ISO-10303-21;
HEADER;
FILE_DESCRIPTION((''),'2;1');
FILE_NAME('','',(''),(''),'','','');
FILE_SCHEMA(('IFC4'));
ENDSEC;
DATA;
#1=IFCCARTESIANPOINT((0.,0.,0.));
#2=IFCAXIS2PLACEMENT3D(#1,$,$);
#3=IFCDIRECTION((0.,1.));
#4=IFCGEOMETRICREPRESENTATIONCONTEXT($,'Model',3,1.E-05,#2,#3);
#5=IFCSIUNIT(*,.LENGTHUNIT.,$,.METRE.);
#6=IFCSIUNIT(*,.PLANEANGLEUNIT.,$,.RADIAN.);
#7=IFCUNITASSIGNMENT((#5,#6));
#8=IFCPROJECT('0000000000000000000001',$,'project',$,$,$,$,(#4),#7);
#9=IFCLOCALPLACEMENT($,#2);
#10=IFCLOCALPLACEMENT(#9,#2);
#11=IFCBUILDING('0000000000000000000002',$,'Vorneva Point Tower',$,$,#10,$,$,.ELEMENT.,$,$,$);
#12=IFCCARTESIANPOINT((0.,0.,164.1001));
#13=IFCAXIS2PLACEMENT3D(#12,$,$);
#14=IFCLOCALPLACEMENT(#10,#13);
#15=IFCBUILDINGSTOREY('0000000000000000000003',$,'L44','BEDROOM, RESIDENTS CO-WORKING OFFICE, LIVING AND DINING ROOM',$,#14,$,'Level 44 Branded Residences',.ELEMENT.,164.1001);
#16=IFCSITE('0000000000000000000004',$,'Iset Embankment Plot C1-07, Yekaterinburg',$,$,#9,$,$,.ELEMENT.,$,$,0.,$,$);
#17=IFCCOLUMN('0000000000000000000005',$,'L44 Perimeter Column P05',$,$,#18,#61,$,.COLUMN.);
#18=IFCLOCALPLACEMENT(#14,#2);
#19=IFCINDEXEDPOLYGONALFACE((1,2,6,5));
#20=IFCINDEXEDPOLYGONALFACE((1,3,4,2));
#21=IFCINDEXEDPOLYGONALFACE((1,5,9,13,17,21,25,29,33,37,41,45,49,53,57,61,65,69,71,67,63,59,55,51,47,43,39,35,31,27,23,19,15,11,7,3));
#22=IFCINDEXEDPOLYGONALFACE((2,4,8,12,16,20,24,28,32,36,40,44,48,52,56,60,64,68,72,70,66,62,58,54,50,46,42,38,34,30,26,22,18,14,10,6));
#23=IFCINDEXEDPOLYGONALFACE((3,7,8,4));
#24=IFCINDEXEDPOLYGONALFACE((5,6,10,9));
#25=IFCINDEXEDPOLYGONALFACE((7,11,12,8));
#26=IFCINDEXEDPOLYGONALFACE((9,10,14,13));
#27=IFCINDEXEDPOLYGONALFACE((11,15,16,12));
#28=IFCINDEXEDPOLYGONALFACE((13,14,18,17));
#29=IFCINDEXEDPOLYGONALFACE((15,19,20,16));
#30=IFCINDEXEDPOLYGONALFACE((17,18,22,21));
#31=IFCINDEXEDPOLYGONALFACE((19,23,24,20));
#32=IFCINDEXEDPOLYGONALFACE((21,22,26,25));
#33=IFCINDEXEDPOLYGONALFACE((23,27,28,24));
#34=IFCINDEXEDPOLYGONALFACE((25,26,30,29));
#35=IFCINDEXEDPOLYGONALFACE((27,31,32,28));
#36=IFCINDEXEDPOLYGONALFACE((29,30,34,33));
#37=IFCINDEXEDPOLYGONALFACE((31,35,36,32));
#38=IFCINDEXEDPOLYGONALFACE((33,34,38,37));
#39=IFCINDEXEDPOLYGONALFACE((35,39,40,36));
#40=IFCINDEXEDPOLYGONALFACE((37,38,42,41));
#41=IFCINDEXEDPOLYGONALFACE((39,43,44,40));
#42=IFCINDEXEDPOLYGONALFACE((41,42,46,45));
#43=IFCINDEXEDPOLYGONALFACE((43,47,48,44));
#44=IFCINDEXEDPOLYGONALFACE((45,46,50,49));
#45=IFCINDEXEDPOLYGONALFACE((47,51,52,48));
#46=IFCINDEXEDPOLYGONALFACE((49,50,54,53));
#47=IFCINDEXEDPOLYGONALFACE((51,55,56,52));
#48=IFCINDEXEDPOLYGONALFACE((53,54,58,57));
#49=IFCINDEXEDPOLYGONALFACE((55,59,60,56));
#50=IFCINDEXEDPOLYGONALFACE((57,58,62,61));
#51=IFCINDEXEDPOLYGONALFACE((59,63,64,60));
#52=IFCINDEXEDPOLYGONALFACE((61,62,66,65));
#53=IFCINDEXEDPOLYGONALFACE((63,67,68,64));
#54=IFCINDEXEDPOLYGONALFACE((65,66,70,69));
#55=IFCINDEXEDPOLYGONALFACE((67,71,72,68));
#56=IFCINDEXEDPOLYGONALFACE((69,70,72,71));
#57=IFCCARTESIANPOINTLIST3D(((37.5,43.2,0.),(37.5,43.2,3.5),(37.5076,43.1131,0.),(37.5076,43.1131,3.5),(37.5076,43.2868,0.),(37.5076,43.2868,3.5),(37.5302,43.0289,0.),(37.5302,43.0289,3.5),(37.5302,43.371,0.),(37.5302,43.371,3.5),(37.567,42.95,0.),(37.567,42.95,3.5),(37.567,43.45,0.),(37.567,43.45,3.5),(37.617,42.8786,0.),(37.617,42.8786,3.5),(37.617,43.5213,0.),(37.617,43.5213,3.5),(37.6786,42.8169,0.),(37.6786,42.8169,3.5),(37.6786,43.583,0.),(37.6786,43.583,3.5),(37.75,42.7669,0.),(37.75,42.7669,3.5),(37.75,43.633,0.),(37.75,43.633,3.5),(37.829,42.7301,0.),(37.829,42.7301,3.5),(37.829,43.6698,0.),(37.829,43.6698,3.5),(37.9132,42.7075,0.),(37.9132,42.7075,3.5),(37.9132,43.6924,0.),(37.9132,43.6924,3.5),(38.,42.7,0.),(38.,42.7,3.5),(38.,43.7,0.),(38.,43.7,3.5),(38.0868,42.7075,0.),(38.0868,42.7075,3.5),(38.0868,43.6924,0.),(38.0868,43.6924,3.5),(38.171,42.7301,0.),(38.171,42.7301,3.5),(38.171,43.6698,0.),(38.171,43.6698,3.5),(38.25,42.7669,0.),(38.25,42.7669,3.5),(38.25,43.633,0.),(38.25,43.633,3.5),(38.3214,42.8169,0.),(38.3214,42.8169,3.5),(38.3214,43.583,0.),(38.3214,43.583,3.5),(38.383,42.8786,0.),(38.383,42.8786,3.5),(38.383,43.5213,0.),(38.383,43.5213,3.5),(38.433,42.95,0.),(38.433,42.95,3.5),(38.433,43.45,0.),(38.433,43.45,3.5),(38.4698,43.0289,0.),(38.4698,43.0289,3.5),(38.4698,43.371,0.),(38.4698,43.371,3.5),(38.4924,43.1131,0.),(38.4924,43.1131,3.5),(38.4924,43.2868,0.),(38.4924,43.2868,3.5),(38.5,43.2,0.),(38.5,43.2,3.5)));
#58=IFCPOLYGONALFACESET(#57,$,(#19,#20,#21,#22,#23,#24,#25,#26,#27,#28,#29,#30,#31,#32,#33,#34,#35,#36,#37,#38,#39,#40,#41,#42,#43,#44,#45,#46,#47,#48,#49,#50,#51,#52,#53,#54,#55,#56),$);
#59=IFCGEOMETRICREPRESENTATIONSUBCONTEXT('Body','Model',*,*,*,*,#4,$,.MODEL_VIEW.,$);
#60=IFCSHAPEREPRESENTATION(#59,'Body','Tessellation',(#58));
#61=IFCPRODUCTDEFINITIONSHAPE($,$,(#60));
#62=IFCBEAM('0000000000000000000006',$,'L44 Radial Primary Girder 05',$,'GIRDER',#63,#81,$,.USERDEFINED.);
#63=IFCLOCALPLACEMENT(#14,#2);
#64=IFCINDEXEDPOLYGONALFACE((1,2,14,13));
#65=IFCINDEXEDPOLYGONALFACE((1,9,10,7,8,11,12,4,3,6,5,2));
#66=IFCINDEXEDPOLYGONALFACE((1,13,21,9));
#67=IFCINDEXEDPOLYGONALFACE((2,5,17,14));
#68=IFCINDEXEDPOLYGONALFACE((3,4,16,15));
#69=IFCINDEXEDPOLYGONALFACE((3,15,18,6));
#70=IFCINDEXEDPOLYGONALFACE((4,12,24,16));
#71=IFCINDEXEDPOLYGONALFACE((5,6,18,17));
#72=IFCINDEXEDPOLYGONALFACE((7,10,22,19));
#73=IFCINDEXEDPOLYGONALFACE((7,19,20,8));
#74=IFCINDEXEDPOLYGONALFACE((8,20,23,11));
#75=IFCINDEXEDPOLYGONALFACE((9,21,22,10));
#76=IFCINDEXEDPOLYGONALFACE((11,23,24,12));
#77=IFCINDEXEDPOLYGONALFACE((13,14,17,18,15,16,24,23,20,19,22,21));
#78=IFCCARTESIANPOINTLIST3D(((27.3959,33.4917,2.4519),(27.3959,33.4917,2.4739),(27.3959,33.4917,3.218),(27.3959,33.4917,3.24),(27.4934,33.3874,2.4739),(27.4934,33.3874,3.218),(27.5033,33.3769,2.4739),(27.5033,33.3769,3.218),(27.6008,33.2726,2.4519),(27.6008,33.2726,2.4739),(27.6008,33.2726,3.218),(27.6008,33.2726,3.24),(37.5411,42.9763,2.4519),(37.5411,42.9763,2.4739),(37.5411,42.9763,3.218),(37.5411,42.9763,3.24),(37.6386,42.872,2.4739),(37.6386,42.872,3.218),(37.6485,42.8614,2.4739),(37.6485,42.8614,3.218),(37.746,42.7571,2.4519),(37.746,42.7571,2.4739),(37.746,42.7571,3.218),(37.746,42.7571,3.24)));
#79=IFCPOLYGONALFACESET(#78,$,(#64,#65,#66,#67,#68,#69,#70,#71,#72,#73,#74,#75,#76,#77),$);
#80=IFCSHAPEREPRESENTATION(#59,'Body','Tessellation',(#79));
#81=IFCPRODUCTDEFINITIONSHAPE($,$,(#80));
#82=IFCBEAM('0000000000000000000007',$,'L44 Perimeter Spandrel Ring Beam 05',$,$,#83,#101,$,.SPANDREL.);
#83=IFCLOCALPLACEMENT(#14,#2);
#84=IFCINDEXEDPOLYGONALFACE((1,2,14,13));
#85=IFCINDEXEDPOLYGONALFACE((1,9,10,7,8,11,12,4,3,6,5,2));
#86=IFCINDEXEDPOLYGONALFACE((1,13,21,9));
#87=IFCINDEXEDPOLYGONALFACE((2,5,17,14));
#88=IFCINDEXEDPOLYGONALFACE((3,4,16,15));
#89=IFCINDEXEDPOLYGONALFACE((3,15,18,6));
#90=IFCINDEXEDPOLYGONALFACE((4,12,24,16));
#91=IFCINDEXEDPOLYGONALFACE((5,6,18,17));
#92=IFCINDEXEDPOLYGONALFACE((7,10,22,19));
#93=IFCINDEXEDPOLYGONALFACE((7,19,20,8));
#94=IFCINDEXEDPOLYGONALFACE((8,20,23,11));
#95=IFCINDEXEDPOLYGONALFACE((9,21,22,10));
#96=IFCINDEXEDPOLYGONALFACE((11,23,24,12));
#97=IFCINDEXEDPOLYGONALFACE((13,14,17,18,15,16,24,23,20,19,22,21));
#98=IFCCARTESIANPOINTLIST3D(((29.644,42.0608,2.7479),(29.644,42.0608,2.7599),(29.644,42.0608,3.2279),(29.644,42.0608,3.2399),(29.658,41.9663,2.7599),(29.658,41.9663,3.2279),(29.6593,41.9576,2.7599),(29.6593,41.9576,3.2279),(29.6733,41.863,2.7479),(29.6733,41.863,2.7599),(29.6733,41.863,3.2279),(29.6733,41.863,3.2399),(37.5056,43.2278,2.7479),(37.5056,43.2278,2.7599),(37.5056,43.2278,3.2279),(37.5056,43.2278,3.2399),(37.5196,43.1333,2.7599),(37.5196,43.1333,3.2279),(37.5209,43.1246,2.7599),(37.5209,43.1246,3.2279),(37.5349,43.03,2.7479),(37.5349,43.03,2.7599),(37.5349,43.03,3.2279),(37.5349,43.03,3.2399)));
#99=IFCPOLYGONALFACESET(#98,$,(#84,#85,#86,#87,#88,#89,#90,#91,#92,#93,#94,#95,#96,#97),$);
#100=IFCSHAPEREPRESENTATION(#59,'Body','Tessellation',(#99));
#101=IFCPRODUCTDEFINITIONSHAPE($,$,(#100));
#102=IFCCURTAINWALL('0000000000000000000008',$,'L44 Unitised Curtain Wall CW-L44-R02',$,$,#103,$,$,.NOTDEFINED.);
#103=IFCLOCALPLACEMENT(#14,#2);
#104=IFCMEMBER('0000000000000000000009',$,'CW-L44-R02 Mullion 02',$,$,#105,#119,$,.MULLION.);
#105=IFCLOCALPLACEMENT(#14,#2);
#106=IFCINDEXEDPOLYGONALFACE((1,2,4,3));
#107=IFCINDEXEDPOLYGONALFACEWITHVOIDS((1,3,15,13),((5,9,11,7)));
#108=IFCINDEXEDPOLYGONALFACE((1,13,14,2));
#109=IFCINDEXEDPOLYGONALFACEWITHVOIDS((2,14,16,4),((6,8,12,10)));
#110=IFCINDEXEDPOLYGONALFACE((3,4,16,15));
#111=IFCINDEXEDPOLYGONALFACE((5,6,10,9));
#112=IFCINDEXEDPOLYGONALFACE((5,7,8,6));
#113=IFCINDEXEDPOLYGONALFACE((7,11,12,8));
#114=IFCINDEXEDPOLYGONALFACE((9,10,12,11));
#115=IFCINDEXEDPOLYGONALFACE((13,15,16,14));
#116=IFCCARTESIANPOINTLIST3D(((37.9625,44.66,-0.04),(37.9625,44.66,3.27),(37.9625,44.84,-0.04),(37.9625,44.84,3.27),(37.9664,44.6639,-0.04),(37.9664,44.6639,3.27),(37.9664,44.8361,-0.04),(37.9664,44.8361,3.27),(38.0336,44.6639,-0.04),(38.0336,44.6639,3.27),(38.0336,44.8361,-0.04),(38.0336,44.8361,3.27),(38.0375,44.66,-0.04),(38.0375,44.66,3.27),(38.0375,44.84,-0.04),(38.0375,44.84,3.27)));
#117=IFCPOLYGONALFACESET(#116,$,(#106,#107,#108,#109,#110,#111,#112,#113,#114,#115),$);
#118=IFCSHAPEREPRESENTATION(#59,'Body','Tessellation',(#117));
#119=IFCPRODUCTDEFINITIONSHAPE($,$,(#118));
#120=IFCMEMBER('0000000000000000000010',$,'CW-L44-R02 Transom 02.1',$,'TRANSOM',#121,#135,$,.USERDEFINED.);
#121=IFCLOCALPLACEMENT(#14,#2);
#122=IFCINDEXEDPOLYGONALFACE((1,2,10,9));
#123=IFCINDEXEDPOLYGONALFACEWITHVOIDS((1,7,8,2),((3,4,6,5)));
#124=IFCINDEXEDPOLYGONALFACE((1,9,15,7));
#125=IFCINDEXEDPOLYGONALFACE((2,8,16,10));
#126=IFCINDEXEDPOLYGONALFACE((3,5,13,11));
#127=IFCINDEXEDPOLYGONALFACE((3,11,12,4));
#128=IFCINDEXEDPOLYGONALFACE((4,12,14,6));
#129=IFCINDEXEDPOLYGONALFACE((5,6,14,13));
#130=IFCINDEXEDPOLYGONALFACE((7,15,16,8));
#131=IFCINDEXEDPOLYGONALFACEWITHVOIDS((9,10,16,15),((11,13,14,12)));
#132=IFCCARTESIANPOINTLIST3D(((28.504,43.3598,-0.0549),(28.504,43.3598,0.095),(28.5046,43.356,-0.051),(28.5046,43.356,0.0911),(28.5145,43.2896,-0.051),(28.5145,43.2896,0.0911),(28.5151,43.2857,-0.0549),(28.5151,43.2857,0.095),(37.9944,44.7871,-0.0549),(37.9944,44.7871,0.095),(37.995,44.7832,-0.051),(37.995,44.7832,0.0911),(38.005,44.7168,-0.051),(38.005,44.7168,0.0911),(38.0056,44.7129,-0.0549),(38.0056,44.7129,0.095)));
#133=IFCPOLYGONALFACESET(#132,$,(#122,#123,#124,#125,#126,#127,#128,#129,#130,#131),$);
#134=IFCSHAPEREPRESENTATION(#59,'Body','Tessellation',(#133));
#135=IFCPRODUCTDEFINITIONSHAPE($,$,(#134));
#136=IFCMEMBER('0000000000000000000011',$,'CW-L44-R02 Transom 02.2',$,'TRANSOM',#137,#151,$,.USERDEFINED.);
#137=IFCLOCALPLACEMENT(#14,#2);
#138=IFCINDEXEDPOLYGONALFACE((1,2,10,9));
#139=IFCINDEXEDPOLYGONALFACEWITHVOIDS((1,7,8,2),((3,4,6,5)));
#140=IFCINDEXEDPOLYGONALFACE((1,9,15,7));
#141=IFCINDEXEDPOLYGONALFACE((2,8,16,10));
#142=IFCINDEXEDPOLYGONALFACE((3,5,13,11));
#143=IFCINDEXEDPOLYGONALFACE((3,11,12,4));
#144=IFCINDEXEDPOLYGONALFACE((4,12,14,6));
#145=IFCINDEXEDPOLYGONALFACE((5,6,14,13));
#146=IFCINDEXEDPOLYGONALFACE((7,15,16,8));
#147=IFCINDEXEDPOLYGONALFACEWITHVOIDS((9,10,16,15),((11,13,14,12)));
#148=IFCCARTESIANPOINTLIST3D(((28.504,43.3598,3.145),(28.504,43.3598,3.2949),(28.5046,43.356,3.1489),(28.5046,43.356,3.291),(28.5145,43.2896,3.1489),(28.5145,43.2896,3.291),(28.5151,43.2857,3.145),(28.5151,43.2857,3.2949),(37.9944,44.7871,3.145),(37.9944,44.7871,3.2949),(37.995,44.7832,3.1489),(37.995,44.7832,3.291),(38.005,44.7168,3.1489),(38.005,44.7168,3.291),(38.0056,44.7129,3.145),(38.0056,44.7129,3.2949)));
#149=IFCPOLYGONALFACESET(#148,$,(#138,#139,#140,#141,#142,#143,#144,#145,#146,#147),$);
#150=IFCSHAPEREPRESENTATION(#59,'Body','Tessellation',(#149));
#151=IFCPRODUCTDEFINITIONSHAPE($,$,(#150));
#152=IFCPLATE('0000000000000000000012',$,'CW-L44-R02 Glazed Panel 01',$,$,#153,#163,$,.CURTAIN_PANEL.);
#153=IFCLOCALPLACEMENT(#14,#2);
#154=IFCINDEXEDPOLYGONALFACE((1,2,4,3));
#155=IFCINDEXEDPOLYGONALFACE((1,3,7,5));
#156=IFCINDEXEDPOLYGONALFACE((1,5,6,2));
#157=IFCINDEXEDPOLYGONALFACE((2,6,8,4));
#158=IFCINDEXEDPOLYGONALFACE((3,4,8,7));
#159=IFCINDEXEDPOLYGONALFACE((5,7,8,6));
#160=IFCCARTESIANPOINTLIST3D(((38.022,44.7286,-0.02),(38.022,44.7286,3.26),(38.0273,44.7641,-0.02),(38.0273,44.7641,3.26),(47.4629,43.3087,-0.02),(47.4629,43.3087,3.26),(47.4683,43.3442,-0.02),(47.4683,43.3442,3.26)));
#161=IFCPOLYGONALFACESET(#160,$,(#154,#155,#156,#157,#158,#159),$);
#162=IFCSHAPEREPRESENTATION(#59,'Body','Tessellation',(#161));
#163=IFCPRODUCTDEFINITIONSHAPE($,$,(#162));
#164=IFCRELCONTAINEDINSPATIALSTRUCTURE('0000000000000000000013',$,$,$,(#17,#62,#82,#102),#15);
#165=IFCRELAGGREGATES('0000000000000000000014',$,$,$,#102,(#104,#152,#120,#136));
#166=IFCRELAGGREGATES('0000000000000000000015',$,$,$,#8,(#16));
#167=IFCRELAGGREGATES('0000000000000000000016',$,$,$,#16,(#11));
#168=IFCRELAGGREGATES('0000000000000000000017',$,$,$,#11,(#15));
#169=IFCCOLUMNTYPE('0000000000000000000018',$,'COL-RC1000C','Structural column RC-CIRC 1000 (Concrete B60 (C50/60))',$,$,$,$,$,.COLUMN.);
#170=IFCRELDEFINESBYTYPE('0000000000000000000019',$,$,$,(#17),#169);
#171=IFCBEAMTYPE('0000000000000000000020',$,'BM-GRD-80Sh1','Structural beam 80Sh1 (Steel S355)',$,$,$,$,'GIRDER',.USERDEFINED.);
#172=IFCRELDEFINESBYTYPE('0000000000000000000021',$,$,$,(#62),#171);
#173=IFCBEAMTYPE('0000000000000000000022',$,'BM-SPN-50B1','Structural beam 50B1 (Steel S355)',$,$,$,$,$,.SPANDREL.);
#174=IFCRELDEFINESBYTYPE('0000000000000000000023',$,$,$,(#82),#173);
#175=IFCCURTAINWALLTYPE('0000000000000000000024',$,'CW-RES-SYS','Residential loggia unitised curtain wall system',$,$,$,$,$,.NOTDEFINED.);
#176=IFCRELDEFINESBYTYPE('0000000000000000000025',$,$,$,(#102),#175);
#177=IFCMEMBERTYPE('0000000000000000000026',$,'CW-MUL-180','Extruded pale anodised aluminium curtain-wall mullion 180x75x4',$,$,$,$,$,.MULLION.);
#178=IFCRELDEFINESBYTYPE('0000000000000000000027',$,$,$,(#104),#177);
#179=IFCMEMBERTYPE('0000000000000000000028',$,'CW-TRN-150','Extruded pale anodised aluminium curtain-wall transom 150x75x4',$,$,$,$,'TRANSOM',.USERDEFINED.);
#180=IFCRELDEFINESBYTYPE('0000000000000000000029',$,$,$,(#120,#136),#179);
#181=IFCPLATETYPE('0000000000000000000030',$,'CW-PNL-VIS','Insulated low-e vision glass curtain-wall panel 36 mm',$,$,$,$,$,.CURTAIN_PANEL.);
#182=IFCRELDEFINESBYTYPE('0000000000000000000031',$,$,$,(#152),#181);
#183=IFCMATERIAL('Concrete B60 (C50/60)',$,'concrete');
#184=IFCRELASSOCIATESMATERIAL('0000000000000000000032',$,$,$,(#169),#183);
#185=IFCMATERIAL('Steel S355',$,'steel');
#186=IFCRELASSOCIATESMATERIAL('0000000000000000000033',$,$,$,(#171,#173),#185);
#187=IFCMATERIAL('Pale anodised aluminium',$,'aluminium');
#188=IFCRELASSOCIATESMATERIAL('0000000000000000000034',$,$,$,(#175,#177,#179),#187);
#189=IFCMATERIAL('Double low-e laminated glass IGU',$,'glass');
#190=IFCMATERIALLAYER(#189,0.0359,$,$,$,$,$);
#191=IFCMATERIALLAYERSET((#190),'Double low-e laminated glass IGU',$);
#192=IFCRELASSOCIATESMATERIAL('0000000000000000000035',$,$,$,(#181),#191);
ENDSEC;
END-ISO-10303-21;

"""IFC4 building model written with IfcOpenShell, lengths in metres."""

from ifc_helpers import new_model, si_unit, direction, frame, origin, origin_2d, place, context, subcontext, project, spatial, rectangle, hollow_rectangle, circle, i_section, extrude, material, layer, layer_set, material_profile, profile_set, type_object, element, aggregate, save


model = new_model("IFC4")

# Units and contexts
model_context = context("Model", 3, precision=1e-05, world=origin(), true_north=direction((0.0, 1.0)))
body_context = subcontext(model_context, "Body", "Model", "MODEL_VIEW")
ifc_project = project(units=[si_unit("LENGTHUNIT", "METRE"), si_unit("PLANEANGLEUNIT", "RADIAN")], contexts=[model_context])

# Site, building, storey
site_placement = place(None, origin())
site = spatial("IfcSite", under=ifc_project, at=site_placement, Name="Iset Embankment Plot C1-07, Yekaterinburg", CompositionType="ELEMENT", RefElevation=0.0)
building_placement = place(site_placement, origin())
building = spatial("IfcBuilding", under=site, at=building_placement, Name="Vorneva Point Tower", CompositionType="ELEMENT")
storey_placement = place(building_placement, frame((0.0, 0.0, 164.1001)))
storey = spatial("IfcBuildingStorey", under=building, at=storey_placement, Name="L44", Description="BEDROOM, RESIDENTS CO-WORKING OFFICE, LIVING AND DINING ROOM", LongName="Level 44 Branded Residences", CompositionType="ELEMENT", Elevation=164.1001)

# Column
ifc_material_1 = material(Name="Concrete B60 (C50/60)", Category="concrete")
ifc_material_profile_1 = material_profile(ifc_material_1, circle(Radius=0.5, at=origin_2d()), Name="RC-CIRC 1000")
ifc_profile_set_1 = profile_set([ifc_material_profile_1], Name="Concrete B60 (C50/60)")
column_type = type_object("IfcColumnType", Name="COL-RC1000C", Description="Structural column RC-CIRC 1000 (Concrete B60 (C50/60))", PredefinedType="COLUMN", material=ifc_profile_set_1)
column_placement = place(storey_placement, frame((38.0, 43.2, 0.0), z_axis=(0.0, 0.0, 1.0), x_axis=(0.0, 1.0, 0.0)))
element("IfcColumn", 1, at=column_placement, inside=storey, type_object=column_type, Name="L44 Perimeter Column P05", PredefinedType="COLUMN", context=body_context, shape_type="SweptSolid", body=[
    extrude(circle(Radius=0.5, at=origin_2d()), origin(), (0.0, 0.0, 1.0), 3.5),
])

# Beams
ifc_material_2 = material(Name="Steel S355", Category="steel")
ifc_material_profile_2 = material_profile(ifc_material_2, i_section(OverallWidth=0.3, OverallDepth=0.7881, WebThickness=0.0144, FlangeThickness=0.022, at=origin_2d()), Name="80Sh1")
ifc_profile_set_2 = profile_set([ifc_material_profile_2], Name="Steel S355")
beam_type_1 = type_object("IfcBeamType", Name="BM-GRD-80Sh1", Description="Structural beam 80Sh1 (Steel S355)", ElementType="GIRDER", PredefinedType="USERDEFINED", material=ifc_profile_set_2)
beam_1_placement = place(storey_placement, frame((37.6436, 42.8667, 2.8459), z_axis=(-0.730491, -0.682922, 0.0), x_axis=(0.682922, -0.730491, 0.0)))
element("IfcBeam", 2, at=beam_1_placement, inside=storey, type_object=beam_type_1, Name="L44 Radial Primary Girder 05", ObjectType="GIRDER", PredefinedType="USERDEFINED", context=body_context, shape_type="SweptSolid", body=[
    extrude(i_section(OverallWidth=0.3, OverallDepth=0.7881, WebThickness=0.0144, FlangeThickness=0.022, at=origin_2d()), origin(), (0.0, 0.0, 1.0), 13.8882),
])
ifc_material_profile_3 = material_profile(ifc_material_2, i_section(OverallWidth=0.2, OverallDepth=0.4919, WebThickness=0.0088, FlangeThickness=0.012, at=origin_2d()), Name="50B1")
ifc_profile_set_3 = profile_set([ifc_material_profile_3], Name="Steel S355")
beam_type_2 = type_object("IfcBeamType", Name="BM-SPN-50B1", Description="Structural beam 50B1 (Steel S355)", PredefinedType="SPANDREL", material=ifc_profile_set_3)
beam_2_placement = place(storey_placement, frame((37.5203, 43.1289, 2.9939), z_axis=(-0.989161, -0.146834, 0.0), x_axis=(0.146834, -0.989161, 0.0)))
element("IfcBeam", 3, at=beam_2_placement, inside=storey, type_object=beam_type_2, Name="L44 Perimeter Spandrel Ring Beam 05", PredefinedType="SPANDREL", context=body_context, shape_type="SweptSolid", body=[
    extrude(i_section(OverallWidth=0.2, OverallDepth=0.4919, WebThickness=0.0088, FlangeThickness=0.012, at=origin_2d()), origin(), (0.0, 0.0, 1.0), 7.9478),
])

# Curtain wall, members, plate
ifc_material_3 = material(Name="Pale anodised aluminium", Category="aluminium")
curtain_wall_type = type_object("IfcCurtainWallType", Name="CW-RES-SYS", Description="Residential loggia unitised curtain wall system", PredefinedType="NOTDEFINED", material=ifc_material_3)
curtain_wall_placement = place(storey_placement, origin())
curtain_wall = element("IfcCurtainWall", 4, at=curtain_wall_placement, inside=storey, type_object=curtain_wall_type, Name="L44 Unitised Curtain Wall CW-L44-R02", PredefinedType="NOTDEFINED")
ifc_material_profile_4 = material_profile(ifc_material_3, hollow_rectangle(XDim=0.075, YDim=0.1799, WallThickness=0.0039, at=origin_2d()), Name="AL-MUL 180x75x4")
ifc_profile_set_4 = profile_set([ifc_material_profile_4], Name="Pale anodised aluminium")
member_type_1 = type_object("IfcMemberType", Name="CW-MUL-180", Description="Extruded pale anodised aluminium curtain-wall mullion 180x75x4", PredefinedType="MULLION", material=ifc_profile_set_4)
member_1_placement = place(storey_placement, frame((38.0, 44.75, -0.04), z_axis=(0.0, 0.0, 1.0), x_axis=(1.0, 0.0, 0.0)))
member_1 = element("IfcMember", 5, at=member_1_placement, type_object=member_type_1, Name="CW-L44-R02 Mullion 02", PredefinedType="MULLION", context=body_context, shape_type="SweptSolid", body=[
    extrude(hollow_rectangle(XDim=0.075, YDim=0.1799, WallThickness=0.0039, at=origin_2d()), origin(), (0.0, 0.0, 1.0), 3.3101),
])
ifc_material_profile_5 = material_profile(ifc_material_3, hollow_rectangle(XDim=0.075, YDim=0.1499, WallThickness=0.0039, at=origin_2d()), Name="AL-TRN 150x75x4")
ifc_profile_set_5 = profile_set([ifc_material_profile_5], Name="Pale anodised aluminium")
member_type_2 = type_object("IfcMemberType", Name="CW-TRN-150", Description="Extruded pale anodised aluminium curtain-wall transom 150x75x4", ElementType="TRANSOM", PredefinedType="USERDEFINED", material=ifc_profile_set_5)
member_2_placement = place(storey_placement, frame((38.0, 44.75, 0.02), z_axis=(-0.98888, -0.148715, 0.0), x_axis=(0.148715, -0.98888, 0.0)))
member_2 = element("IfcMember", 6, at=member_2_placement, type_object=member_type_2, Name="CW-L44-R02 Transom 02.1", ObjectType="TRANSOM", PredefinedType="USERDEFINED", context=body_context, shape_type="SweptSolid", body=[
    extrude(hollow_rectangle(XDim=0.075, YDim=0.1499, WallThickness=0.0039, at=origin_2d()), origin(), (0.0, 0.0, 1.0), 9.5972),
])
member_3_placement = place(storey_placement, frame((38.0, 44.75, 3.22), z_axis=(-0.98888, -0.148715, 0.0), x_axis=(0.148715, -0.98888, 0.0)))
member_3 = element("IfcMember", 7, at=member_3_placement, type_object=member_type_2, Name="CW-L44-R02 Transom 02.2", ObjectType="TRANSOM", PredefinedType="USERDEFINED", context=body_context, shape_type="SweptSolid", body=[
    extrude(hollow_rectangle(XDim=0.075, YDim=0.1499, WallThickness=0.0039, at=origin_2d()), origin(), (0.0, 0.0, 1.0), 9.5972),
])
ifc_material_4 = material(Name="Double low-e laminated glass IGU", Category="glass")
ifc_layer_1 = layer(ifc_material_4, 0.0359)
ifc_layer_set_1 = layer_set([ifc_layer_1], Name="Double low-e laminated glass IGU")
plate_type = type_object("IfcPlateType", Name="CW-PNL-VIS", Description="Insulated low-e vision glass curtain-wall panel 36 mm", PredefinedType="CURTAIN_PANEL", material=ifc_layer_set_1)
plate_placement = place(storey_placement, frame((42.7451, 44.0364, -0.02), z_axis=(0.0, 0.0, 1.0), x_axis=(-0.988879, 0.148724, 0.0)))
plate = element("IfcPlate", 8, at=plate_placement, type_object=plate_type, Name="CW-L44-R02 Glazed Panel 01", PredefinedType="CURTAIN_PANEL", context=body_context, shape_type="SweptSolid", body=[
    extrude(rectangle(XDim=9.5471, YDim=0.0359, at=origin_2d()), origin(), (0.0, 0.0, 1.0), 3.28),
])
aggregate(curtain_wall, [member_1, plate, member_2, member_3])

save(model, "model.ifc")
